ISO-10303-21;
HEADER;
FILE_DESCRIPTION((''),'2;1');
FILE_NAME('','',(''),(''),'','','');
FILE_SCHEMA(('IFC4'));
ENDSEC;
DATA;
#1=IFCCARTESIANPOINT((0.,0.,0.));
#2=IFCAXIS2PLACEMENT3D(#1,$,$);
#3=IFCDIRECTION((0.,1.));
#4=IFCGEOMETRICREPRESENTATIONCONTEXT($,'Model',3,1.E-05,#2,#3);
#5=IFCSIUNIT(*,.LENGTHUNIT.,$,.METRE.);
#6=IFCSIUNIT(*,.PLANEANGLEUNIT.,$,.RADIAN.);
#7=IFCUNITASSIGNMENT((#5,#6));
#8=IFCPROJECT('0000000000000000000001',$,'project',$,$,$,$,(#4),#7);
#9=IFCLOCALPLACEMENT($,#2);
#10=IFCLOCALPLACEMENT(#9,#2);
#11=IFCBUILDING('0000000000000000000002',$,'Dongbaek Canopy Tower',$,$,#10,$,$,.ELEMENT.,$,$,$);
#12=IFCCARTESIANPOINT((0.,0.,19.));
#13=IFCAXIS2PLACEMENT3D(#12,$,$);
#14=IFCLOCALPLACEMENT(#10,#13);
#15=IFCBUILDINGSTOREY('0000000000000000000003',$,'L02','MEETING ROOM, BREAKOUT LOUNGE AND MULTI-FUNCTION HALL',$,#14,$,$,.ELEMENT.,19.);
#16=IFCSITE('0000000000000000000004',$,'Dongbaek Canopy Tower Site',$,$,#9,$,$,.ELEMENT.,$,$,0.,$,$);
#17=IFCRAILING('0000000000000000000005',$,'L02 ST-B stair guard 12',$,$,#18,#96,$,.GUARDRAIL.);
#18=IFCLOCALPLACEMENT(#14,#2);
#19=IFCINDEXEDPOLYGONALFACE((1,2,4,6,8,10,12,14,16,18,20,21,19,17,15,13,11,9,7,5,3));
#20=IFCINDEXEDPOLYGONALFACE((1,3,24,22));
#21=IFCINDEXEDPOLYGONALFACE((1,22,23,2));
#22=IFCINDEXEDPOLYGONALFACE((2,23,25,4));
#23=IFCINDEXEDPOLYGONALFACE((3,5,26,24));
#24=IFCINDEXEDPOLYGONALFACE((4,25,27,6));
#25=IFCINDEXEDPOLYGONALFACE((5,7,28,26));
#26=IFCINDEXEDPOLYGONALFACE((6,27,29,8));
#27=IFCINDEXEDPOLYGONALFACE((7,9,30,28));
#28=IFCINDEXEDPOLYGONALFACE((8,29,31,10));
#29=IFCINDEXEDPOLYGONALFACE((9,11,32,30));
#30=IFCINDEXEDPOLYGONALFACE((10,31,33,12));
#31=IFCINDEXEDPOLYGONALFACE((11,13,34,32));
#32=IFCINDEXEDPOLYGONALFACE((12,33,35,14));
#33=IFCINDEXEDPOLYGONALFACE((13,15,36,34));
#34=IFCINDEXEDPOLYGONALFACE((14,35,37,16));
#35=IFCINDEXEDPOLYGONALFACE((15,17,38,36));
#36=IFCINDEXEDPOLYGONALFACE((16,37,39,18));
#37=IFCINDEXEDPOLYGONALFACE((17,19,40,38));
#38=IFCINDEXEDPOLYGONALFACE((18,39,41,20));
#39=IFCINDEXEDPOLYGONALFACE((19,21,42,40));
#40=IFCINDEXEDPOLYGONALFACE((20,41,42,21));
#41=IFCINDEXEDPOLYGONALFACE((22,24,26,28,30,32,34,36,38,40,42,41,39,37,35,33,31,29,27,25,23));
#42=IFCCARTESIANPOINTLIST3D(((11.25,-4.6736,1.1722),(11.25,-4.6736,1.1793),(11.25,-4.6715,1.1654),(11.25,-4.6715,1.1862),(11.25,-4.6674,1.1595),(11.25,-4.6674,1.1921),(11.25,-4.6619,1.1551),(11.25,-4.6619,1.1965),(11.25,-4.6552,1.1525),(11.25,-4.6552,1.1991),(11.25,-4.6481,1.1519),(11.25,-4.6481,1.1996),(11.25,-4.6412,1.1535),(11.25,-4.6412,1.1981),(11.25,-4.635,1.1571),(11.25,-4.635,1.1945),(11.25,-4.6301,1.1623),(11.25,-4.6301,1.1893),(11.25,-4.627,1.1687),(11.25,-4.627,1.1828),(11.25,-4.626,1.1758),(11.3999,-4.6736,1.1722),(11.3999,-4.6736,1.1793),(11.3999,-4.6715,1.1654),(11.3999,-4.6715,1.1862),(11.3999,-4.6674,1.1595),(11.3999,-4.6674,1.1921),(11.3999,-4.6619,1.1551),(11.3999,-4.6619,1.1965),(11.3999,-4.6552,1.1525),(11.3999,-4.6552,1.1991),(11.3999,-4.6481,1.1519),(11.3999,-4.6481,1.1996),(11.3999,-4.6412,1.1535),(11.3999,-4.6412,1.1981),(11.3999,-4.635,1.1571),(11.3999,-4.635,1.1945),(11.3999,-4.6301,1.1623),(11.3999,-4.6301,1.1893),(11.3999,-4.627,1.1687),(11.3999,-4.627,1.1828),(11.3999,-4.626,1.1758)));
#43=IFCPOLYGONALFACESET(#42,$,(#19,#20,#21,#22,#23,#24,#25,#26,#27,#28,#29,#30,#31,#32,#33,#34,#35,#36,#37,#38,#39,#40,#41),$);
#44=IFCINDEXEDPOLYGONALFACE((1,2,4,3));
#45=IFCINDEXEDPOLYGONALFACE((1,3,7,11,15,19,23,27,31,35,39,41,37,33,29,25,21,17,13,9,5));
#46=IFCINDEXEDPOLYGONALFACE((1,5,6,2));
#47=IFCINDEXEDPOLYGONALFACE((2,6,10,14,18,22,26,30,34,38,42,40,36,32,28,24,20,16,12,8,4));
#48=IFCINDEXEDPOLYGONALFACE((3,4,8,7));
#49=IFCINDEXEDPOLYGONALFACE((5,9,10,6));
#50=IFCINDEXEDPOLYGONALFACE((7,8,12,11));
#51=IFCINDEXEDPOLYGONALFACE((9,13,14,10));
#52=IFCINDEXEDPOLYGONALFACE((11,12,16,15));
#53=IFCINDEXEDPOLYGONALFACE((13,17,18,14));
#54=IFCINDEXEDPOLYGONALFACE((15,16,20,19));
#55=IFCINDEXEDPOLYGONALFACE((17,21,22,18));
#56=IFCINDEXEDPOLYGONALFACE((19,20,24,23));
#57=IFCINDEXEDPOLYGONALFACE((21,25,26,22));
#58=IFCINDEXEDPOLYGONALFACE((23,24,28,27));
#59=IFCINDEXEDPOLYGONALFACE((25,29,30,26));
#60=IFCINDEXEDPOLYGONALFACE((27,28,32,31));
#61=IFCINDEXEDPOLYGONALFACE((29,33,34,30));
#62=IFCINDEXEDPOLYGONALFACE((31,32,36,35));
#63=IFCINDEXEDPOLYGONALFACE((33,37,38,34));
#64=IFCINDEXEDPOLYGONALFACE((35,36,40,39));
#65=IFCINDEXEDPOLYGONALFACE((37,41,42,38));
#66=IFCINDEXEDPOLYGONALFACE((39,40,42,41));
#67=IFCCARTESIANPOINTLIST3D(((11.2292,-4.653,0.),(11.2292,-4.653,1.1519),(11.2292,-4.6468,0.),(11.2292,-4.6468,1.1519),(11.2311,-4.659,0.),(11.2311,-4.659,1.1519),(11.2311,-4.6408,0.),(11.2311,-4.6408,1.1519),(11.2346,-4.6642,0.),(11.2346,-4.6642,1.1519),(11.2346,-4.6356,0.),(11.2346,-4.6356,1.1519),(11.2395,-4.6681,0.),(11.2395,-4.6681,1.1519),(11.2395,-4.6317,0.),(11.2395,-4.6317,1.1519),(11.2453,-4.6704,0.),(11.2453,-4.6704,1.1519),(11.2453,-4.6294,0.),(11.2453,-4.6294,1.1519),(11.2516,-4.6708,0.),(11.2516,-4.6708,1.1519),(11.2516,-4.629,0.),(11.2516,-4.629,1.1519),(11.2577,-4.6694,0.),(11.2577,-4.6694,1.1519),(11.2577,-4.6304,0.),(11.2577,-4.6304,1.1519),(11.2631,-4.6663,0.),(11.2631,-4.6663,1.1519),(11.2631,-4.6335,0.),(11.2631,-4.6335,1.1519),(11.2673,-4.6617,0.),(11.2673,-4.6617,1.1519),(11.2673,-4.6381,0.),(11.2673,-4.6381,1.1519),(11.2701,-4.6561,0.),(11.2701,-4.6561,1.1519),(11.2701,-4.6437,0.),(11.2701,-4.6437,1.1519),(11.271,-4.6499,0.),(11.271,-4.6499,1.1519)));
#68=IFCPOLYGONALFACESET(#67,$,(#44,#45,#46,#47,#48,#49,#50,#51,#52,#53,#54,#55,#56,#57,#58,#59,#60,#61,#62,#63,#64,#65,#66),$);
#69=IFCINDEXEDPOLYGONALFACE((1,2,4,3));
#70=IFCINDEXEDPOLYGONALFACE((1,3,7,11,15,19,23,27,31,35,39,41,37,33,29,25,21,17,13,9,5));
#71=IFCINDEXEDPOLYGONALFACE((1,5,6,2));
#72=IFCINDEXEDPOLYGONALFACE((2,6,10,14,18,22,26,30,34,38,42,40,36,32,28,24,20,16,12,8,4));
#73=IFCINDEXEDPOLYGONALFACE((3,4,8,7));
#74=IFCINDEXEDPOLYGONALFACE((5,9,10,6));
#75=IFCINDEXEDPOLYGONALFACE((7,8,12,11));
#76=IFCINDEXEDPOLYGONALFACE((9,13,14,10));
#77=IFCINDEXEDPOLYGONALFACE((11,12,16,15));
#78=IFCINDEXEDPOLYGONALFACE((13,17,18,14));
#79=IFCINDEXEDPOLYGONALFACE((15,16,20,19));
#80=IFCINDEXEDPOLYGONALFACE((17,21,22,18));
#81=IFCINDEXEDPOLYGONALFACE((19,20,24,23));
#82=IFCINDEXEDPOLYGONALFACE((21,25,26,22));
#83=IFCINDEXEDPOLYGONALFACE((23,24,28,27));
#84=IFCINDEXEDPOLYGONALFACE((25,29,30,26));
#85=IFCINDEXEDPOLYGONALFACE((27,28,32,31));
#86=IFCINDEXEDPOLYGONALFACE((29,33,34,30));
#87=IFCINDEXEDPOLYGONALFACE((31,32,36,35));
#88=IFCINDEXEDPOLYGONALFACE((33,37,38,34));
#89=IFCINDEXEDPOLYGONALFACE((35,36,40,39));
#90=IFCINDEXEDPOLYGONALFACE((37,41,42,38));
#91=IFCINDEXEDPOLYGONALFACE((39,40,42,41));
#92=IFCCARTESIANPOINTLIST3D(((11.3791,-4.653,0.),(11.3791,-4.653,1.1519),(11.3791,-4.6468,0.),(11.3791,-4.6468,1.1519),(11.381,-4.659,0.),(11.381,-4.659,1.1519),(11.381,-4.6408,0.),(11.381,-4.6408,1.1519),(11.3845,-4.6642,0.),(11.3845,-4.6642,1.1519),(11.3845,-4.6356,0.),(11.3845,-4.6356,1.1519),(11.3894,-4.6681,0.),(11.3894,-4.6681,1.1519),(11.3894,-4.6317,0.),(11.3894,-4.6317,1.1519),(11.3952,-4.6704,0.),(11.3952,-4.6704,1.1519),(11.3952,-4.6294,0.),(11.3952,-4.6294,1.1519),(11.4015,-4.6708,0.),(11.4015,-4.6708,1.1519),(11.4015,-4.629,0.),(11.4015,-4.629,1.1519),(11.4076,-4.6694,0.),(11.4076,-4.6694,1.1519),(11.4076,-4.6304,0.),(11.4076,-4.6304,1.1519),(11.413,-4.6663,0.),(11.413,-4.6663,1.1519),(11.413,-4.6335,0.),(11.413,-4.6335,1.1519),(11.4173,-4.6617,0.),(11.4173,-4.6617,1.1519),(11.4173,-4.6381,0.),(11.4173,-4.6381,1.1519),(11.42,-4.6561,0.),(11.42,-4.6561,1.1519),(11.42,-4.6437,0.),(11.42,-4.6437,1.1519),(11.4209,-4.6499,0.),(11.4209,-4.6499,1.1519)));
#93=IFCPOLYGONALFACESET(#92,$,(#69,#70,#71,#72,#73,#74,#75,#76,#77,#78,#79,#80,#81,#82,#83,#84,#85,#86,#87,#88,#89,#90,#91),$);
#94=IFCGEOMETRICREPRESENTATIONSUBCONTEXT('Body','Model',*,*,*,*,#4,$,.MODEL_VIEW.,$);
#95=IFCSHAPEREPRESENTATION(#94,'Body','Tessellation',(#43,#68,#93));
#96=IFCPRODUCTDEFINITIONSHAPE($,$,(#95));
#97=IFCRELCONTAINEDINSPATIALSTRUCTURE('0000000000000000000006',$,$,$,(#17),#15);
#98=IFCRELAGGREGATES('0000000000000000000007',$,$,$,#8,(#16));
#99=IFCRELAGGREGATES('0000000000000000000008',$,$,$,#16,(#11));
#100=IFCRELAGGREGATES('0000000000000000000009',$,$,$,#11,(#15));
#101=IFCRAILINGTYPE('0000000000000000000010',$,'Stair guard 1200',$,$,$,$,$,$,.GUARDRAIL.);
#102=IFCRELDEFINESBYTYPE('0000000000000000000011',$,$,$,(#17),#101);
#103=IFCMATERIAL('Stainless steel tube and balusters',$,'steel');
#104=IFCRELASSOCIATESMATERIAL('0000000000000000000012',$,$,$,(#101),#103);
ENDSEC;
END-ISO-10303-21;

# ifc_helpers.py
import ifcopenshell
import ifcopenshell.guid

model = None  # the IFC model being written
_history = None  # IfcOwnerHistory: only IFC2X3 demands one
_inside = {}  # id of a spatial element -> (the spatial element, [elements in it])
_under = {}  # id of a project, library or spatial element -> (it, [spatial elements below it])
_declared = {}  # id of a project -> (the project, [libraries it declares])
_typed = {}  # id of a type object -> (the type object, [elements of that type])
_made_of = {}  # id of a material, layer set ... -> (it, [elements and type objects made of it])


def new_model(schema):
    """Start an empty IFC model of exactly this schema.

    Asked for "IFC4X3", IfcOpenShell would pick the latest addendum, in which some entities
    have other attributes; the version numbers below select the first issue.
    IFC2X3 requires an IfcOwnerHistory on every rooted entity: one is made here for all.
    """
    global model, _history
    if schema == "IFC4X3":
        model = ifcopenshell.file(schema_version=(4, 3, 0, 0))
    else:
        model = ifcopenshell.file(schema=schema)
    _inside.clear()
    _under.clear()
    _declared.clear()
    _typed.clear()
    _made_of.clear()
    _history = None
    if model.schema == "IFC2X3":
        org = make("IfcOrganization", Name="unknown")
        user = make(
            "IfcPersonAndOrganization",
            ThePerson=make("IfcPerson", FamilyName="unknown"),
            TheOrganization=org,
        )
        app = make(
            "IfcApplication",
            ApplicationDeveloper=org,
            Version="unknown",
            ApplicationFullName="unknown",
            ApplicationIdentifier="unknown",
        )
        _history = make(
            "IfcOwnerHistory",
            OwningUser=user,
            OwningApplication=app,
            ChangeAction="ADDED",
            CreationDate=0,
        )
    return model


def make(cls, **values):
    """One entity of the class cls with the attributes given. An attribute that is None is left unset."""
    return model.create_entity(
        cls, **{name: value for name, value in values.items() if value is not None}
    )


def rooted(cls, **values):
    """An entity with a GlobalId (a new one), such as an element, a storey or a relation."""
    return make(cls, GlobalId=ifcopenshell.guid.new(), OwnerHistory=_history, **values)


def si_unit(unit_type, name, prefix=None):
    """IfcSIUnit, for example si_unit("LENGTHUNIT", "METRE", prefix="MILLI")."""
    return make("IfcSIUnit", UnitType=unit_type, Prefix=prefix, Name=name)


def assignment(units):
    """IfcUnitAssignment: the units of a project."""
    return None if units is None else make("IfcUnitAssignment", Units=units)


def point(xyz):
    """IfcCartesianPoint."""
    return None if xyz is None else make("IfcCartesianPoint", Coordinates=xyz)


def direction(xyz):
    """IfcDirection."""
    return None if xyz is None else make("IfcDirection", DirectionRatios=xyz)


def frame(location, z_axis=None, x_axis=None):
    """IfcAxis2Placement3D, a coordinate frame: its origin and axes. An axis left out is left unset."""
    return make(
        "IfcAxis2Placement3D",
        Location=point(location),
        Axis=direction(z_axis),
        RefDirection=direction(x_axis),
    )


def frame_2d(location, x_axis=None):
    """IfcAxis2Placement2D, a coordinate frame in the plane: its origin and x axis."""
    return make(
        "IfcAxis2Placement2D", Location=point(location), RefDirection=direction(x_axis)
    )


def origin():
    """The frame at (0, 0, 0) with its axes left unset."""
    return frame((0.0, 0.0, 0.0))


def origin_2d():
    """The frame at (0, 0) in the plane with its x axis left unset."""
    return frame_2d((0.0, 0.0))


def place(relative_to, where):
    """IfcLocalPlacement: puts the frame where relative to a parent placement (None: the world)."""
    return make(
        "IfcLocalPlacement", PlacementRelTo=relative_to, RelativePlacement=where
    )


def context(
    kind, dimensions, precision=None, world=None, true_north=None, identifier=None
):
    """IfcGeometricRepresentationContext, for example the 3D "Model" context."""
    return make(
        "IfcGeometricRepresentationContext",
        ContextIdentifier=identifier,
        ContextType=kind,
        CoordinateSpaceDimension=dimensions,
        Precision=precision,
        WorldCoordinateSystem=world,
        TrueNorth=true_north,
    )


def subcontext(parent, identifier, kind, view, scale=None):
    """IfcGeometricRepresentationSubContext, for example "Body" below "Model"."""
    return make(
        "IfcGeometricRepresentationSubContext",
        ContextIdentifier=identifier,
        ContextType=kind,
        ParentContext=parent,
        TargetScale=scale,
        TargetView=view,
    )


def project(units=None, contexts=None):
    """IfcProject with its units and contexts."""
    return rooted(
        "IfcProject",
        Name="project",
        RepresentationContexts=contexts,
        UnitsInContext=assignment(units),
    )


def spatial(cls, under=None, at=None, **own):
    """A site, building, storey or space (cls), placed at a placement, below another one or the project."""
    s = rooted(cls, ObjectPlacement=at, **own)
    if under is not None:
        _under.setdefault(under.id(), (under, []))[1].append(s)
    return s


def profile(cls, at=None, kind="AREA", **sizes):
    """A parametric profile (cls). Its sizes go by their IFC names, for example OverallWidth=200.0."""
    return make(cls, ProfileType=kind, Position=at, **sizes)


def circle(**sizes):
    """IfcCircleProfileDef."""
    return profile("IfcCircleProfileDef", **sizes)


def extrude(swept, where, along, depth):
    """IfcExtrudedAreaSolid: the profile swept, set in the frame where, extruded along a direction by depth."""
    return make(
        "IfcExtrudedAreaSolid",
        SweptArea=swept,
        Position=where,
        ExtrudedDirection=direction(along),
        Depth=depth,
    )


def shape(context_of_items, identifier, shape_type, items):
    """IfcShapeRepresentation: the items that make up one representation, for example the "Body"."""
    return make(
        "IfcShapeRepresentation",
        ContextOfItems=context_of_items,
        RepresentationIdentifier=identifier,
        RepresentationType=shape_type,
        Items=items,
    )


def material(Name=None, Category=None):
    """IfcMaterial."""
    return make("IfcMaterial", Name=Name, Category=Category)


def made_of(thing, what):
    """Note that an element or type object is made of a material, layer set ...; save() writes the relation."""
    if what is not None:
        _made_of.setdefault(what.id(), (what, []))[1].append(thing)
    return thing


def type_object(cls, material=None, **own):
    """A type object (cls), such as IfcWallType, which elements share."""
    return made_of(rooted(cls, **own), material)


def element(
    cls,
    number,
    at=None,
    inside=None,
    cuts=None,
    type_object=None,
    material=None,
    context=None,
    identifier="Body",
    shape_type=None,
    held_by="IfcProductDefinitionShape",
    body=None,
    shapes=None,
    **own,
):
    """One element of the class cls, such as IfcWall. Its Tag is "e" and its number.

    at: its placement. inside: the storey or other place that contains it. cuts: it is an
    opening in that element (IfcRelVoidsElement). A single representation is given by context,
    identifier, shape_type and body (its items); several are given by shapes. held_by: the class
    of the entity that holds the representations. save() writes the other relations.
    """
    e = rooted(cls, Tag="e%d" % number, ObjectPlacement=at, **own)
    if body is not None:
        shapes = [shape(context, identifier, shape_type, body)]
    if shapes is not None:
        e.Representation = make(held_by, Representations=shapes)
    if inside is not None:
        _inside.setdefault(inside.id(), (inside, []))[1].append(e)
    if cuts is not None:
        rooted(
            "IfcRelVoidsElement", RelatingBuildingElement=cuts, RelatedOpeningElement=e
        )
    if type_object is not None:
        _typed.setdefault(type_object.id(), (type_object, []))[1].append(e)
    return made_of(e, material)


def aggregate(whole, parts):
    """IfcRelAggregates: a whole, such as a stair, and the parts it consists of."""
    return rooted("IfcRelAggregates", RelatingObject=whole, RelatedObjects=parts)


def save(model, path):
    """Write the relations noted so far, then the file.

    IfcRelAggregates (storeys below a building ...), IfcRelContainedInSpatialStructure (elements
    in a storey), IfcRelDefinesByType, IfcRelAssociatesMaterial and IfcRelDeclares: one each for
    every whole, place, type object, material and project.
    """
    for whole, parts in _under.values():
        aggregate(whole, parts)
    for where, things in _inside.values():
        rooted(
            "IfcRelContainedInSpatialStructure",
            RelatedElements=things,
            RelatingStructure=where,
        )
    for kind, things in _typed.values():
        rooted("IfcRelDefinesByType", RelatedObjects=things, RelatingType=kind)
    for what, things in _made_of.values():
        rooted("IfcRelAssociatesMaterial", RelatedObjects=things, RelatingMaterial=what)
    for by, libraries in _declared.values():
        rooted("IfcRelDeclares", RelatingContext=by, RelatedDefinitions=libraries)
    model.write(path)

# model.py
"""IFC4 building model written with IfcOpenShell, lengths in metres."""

from ifc_helpers import new_model, si_unit, direction, frame, origin, origin_2d, place, context, subcontext, project, spatial, circle, extrude, material, type_object, element, save


model = new_model("IFC4")

# Units and contexts
model_context = context("Model", 3, precision=1e-05, world=origin(), true_north=direction((0.0, 1.0)))
body_context = subcontext(model_context, "Body", "Model", "MODEL_VIEW")
ifc_project = project(units=[si_unit("LENGTHUNIT", "METRE"), si_unit("PLANEANGLEUNIT", "RADIAN")], contexts=[model_context])

# Site, building, storey
site_placement = place(None, origin())
site = spatial("IfcSite", under=ifc_project, at=site_placement, Name="Dongbaek Canopy Tower Site", CompositionType="ELEMENT", RefElevation=0.0)
building_placement = place(site_placement, origin())
building = spatial("IfcBuilding", under=site, at=building_placement, Name="Dongbaek Canopy Tower", CompositionType="ELEMENT")
storey_placement = place(building_placement, frame((0.0, 0.0, 19.0)))
storey = spatial("IfcBuildingStorey", under=building, at=storey_placement, Name="L02", Description="MEETING ROOM, BREAKOUT LOUNGE AND MULTI-FUNCTION HALL", CompositionType="ELEMENT", Elevation=19.0)

# Railing
ifc_material_1 = material(Name="Stainless steel tube and balusters", Category="steel")
railing_type_1 = type_object("IfcRailingType", Name="Stair guard 1200", PredefinedType="GUARDRAIL", material=ifc_material_1)
railing_1_placement = place(storey_placement, frame((11.25, -4.6499, 0.0)))
element("IfcRailing", 1, at=railing_1_placement, inside=storey, type_object=railing_type_1, Name="L02 ST-B stair guard 12", PredefinedType="GUARDRAIL", context=body_context, shape_type="SweptSolid", body=[
    extrude(circle(Radius=0.0239, at=origin_2d()), frame((0.0, 0.0, 1.1758), z_axis=(1.0, 0.0, 0.0), x_axis=(0.0, 1.0, 0.0)), (0.0, 0.0, 1.0), 0.1499),
    extrude(circle(Radius=0.021, at=origin_2d()), origin(), (0.0, 0.0, 1.0), 1.1519),
    extrude(circle(Radius=0.021, at=origin_2d()), frame((0.1499, 0.0, 0.0)), (0.0, 0.0, 1.0), 1.1519),
])

save(model, "model.ifc")
